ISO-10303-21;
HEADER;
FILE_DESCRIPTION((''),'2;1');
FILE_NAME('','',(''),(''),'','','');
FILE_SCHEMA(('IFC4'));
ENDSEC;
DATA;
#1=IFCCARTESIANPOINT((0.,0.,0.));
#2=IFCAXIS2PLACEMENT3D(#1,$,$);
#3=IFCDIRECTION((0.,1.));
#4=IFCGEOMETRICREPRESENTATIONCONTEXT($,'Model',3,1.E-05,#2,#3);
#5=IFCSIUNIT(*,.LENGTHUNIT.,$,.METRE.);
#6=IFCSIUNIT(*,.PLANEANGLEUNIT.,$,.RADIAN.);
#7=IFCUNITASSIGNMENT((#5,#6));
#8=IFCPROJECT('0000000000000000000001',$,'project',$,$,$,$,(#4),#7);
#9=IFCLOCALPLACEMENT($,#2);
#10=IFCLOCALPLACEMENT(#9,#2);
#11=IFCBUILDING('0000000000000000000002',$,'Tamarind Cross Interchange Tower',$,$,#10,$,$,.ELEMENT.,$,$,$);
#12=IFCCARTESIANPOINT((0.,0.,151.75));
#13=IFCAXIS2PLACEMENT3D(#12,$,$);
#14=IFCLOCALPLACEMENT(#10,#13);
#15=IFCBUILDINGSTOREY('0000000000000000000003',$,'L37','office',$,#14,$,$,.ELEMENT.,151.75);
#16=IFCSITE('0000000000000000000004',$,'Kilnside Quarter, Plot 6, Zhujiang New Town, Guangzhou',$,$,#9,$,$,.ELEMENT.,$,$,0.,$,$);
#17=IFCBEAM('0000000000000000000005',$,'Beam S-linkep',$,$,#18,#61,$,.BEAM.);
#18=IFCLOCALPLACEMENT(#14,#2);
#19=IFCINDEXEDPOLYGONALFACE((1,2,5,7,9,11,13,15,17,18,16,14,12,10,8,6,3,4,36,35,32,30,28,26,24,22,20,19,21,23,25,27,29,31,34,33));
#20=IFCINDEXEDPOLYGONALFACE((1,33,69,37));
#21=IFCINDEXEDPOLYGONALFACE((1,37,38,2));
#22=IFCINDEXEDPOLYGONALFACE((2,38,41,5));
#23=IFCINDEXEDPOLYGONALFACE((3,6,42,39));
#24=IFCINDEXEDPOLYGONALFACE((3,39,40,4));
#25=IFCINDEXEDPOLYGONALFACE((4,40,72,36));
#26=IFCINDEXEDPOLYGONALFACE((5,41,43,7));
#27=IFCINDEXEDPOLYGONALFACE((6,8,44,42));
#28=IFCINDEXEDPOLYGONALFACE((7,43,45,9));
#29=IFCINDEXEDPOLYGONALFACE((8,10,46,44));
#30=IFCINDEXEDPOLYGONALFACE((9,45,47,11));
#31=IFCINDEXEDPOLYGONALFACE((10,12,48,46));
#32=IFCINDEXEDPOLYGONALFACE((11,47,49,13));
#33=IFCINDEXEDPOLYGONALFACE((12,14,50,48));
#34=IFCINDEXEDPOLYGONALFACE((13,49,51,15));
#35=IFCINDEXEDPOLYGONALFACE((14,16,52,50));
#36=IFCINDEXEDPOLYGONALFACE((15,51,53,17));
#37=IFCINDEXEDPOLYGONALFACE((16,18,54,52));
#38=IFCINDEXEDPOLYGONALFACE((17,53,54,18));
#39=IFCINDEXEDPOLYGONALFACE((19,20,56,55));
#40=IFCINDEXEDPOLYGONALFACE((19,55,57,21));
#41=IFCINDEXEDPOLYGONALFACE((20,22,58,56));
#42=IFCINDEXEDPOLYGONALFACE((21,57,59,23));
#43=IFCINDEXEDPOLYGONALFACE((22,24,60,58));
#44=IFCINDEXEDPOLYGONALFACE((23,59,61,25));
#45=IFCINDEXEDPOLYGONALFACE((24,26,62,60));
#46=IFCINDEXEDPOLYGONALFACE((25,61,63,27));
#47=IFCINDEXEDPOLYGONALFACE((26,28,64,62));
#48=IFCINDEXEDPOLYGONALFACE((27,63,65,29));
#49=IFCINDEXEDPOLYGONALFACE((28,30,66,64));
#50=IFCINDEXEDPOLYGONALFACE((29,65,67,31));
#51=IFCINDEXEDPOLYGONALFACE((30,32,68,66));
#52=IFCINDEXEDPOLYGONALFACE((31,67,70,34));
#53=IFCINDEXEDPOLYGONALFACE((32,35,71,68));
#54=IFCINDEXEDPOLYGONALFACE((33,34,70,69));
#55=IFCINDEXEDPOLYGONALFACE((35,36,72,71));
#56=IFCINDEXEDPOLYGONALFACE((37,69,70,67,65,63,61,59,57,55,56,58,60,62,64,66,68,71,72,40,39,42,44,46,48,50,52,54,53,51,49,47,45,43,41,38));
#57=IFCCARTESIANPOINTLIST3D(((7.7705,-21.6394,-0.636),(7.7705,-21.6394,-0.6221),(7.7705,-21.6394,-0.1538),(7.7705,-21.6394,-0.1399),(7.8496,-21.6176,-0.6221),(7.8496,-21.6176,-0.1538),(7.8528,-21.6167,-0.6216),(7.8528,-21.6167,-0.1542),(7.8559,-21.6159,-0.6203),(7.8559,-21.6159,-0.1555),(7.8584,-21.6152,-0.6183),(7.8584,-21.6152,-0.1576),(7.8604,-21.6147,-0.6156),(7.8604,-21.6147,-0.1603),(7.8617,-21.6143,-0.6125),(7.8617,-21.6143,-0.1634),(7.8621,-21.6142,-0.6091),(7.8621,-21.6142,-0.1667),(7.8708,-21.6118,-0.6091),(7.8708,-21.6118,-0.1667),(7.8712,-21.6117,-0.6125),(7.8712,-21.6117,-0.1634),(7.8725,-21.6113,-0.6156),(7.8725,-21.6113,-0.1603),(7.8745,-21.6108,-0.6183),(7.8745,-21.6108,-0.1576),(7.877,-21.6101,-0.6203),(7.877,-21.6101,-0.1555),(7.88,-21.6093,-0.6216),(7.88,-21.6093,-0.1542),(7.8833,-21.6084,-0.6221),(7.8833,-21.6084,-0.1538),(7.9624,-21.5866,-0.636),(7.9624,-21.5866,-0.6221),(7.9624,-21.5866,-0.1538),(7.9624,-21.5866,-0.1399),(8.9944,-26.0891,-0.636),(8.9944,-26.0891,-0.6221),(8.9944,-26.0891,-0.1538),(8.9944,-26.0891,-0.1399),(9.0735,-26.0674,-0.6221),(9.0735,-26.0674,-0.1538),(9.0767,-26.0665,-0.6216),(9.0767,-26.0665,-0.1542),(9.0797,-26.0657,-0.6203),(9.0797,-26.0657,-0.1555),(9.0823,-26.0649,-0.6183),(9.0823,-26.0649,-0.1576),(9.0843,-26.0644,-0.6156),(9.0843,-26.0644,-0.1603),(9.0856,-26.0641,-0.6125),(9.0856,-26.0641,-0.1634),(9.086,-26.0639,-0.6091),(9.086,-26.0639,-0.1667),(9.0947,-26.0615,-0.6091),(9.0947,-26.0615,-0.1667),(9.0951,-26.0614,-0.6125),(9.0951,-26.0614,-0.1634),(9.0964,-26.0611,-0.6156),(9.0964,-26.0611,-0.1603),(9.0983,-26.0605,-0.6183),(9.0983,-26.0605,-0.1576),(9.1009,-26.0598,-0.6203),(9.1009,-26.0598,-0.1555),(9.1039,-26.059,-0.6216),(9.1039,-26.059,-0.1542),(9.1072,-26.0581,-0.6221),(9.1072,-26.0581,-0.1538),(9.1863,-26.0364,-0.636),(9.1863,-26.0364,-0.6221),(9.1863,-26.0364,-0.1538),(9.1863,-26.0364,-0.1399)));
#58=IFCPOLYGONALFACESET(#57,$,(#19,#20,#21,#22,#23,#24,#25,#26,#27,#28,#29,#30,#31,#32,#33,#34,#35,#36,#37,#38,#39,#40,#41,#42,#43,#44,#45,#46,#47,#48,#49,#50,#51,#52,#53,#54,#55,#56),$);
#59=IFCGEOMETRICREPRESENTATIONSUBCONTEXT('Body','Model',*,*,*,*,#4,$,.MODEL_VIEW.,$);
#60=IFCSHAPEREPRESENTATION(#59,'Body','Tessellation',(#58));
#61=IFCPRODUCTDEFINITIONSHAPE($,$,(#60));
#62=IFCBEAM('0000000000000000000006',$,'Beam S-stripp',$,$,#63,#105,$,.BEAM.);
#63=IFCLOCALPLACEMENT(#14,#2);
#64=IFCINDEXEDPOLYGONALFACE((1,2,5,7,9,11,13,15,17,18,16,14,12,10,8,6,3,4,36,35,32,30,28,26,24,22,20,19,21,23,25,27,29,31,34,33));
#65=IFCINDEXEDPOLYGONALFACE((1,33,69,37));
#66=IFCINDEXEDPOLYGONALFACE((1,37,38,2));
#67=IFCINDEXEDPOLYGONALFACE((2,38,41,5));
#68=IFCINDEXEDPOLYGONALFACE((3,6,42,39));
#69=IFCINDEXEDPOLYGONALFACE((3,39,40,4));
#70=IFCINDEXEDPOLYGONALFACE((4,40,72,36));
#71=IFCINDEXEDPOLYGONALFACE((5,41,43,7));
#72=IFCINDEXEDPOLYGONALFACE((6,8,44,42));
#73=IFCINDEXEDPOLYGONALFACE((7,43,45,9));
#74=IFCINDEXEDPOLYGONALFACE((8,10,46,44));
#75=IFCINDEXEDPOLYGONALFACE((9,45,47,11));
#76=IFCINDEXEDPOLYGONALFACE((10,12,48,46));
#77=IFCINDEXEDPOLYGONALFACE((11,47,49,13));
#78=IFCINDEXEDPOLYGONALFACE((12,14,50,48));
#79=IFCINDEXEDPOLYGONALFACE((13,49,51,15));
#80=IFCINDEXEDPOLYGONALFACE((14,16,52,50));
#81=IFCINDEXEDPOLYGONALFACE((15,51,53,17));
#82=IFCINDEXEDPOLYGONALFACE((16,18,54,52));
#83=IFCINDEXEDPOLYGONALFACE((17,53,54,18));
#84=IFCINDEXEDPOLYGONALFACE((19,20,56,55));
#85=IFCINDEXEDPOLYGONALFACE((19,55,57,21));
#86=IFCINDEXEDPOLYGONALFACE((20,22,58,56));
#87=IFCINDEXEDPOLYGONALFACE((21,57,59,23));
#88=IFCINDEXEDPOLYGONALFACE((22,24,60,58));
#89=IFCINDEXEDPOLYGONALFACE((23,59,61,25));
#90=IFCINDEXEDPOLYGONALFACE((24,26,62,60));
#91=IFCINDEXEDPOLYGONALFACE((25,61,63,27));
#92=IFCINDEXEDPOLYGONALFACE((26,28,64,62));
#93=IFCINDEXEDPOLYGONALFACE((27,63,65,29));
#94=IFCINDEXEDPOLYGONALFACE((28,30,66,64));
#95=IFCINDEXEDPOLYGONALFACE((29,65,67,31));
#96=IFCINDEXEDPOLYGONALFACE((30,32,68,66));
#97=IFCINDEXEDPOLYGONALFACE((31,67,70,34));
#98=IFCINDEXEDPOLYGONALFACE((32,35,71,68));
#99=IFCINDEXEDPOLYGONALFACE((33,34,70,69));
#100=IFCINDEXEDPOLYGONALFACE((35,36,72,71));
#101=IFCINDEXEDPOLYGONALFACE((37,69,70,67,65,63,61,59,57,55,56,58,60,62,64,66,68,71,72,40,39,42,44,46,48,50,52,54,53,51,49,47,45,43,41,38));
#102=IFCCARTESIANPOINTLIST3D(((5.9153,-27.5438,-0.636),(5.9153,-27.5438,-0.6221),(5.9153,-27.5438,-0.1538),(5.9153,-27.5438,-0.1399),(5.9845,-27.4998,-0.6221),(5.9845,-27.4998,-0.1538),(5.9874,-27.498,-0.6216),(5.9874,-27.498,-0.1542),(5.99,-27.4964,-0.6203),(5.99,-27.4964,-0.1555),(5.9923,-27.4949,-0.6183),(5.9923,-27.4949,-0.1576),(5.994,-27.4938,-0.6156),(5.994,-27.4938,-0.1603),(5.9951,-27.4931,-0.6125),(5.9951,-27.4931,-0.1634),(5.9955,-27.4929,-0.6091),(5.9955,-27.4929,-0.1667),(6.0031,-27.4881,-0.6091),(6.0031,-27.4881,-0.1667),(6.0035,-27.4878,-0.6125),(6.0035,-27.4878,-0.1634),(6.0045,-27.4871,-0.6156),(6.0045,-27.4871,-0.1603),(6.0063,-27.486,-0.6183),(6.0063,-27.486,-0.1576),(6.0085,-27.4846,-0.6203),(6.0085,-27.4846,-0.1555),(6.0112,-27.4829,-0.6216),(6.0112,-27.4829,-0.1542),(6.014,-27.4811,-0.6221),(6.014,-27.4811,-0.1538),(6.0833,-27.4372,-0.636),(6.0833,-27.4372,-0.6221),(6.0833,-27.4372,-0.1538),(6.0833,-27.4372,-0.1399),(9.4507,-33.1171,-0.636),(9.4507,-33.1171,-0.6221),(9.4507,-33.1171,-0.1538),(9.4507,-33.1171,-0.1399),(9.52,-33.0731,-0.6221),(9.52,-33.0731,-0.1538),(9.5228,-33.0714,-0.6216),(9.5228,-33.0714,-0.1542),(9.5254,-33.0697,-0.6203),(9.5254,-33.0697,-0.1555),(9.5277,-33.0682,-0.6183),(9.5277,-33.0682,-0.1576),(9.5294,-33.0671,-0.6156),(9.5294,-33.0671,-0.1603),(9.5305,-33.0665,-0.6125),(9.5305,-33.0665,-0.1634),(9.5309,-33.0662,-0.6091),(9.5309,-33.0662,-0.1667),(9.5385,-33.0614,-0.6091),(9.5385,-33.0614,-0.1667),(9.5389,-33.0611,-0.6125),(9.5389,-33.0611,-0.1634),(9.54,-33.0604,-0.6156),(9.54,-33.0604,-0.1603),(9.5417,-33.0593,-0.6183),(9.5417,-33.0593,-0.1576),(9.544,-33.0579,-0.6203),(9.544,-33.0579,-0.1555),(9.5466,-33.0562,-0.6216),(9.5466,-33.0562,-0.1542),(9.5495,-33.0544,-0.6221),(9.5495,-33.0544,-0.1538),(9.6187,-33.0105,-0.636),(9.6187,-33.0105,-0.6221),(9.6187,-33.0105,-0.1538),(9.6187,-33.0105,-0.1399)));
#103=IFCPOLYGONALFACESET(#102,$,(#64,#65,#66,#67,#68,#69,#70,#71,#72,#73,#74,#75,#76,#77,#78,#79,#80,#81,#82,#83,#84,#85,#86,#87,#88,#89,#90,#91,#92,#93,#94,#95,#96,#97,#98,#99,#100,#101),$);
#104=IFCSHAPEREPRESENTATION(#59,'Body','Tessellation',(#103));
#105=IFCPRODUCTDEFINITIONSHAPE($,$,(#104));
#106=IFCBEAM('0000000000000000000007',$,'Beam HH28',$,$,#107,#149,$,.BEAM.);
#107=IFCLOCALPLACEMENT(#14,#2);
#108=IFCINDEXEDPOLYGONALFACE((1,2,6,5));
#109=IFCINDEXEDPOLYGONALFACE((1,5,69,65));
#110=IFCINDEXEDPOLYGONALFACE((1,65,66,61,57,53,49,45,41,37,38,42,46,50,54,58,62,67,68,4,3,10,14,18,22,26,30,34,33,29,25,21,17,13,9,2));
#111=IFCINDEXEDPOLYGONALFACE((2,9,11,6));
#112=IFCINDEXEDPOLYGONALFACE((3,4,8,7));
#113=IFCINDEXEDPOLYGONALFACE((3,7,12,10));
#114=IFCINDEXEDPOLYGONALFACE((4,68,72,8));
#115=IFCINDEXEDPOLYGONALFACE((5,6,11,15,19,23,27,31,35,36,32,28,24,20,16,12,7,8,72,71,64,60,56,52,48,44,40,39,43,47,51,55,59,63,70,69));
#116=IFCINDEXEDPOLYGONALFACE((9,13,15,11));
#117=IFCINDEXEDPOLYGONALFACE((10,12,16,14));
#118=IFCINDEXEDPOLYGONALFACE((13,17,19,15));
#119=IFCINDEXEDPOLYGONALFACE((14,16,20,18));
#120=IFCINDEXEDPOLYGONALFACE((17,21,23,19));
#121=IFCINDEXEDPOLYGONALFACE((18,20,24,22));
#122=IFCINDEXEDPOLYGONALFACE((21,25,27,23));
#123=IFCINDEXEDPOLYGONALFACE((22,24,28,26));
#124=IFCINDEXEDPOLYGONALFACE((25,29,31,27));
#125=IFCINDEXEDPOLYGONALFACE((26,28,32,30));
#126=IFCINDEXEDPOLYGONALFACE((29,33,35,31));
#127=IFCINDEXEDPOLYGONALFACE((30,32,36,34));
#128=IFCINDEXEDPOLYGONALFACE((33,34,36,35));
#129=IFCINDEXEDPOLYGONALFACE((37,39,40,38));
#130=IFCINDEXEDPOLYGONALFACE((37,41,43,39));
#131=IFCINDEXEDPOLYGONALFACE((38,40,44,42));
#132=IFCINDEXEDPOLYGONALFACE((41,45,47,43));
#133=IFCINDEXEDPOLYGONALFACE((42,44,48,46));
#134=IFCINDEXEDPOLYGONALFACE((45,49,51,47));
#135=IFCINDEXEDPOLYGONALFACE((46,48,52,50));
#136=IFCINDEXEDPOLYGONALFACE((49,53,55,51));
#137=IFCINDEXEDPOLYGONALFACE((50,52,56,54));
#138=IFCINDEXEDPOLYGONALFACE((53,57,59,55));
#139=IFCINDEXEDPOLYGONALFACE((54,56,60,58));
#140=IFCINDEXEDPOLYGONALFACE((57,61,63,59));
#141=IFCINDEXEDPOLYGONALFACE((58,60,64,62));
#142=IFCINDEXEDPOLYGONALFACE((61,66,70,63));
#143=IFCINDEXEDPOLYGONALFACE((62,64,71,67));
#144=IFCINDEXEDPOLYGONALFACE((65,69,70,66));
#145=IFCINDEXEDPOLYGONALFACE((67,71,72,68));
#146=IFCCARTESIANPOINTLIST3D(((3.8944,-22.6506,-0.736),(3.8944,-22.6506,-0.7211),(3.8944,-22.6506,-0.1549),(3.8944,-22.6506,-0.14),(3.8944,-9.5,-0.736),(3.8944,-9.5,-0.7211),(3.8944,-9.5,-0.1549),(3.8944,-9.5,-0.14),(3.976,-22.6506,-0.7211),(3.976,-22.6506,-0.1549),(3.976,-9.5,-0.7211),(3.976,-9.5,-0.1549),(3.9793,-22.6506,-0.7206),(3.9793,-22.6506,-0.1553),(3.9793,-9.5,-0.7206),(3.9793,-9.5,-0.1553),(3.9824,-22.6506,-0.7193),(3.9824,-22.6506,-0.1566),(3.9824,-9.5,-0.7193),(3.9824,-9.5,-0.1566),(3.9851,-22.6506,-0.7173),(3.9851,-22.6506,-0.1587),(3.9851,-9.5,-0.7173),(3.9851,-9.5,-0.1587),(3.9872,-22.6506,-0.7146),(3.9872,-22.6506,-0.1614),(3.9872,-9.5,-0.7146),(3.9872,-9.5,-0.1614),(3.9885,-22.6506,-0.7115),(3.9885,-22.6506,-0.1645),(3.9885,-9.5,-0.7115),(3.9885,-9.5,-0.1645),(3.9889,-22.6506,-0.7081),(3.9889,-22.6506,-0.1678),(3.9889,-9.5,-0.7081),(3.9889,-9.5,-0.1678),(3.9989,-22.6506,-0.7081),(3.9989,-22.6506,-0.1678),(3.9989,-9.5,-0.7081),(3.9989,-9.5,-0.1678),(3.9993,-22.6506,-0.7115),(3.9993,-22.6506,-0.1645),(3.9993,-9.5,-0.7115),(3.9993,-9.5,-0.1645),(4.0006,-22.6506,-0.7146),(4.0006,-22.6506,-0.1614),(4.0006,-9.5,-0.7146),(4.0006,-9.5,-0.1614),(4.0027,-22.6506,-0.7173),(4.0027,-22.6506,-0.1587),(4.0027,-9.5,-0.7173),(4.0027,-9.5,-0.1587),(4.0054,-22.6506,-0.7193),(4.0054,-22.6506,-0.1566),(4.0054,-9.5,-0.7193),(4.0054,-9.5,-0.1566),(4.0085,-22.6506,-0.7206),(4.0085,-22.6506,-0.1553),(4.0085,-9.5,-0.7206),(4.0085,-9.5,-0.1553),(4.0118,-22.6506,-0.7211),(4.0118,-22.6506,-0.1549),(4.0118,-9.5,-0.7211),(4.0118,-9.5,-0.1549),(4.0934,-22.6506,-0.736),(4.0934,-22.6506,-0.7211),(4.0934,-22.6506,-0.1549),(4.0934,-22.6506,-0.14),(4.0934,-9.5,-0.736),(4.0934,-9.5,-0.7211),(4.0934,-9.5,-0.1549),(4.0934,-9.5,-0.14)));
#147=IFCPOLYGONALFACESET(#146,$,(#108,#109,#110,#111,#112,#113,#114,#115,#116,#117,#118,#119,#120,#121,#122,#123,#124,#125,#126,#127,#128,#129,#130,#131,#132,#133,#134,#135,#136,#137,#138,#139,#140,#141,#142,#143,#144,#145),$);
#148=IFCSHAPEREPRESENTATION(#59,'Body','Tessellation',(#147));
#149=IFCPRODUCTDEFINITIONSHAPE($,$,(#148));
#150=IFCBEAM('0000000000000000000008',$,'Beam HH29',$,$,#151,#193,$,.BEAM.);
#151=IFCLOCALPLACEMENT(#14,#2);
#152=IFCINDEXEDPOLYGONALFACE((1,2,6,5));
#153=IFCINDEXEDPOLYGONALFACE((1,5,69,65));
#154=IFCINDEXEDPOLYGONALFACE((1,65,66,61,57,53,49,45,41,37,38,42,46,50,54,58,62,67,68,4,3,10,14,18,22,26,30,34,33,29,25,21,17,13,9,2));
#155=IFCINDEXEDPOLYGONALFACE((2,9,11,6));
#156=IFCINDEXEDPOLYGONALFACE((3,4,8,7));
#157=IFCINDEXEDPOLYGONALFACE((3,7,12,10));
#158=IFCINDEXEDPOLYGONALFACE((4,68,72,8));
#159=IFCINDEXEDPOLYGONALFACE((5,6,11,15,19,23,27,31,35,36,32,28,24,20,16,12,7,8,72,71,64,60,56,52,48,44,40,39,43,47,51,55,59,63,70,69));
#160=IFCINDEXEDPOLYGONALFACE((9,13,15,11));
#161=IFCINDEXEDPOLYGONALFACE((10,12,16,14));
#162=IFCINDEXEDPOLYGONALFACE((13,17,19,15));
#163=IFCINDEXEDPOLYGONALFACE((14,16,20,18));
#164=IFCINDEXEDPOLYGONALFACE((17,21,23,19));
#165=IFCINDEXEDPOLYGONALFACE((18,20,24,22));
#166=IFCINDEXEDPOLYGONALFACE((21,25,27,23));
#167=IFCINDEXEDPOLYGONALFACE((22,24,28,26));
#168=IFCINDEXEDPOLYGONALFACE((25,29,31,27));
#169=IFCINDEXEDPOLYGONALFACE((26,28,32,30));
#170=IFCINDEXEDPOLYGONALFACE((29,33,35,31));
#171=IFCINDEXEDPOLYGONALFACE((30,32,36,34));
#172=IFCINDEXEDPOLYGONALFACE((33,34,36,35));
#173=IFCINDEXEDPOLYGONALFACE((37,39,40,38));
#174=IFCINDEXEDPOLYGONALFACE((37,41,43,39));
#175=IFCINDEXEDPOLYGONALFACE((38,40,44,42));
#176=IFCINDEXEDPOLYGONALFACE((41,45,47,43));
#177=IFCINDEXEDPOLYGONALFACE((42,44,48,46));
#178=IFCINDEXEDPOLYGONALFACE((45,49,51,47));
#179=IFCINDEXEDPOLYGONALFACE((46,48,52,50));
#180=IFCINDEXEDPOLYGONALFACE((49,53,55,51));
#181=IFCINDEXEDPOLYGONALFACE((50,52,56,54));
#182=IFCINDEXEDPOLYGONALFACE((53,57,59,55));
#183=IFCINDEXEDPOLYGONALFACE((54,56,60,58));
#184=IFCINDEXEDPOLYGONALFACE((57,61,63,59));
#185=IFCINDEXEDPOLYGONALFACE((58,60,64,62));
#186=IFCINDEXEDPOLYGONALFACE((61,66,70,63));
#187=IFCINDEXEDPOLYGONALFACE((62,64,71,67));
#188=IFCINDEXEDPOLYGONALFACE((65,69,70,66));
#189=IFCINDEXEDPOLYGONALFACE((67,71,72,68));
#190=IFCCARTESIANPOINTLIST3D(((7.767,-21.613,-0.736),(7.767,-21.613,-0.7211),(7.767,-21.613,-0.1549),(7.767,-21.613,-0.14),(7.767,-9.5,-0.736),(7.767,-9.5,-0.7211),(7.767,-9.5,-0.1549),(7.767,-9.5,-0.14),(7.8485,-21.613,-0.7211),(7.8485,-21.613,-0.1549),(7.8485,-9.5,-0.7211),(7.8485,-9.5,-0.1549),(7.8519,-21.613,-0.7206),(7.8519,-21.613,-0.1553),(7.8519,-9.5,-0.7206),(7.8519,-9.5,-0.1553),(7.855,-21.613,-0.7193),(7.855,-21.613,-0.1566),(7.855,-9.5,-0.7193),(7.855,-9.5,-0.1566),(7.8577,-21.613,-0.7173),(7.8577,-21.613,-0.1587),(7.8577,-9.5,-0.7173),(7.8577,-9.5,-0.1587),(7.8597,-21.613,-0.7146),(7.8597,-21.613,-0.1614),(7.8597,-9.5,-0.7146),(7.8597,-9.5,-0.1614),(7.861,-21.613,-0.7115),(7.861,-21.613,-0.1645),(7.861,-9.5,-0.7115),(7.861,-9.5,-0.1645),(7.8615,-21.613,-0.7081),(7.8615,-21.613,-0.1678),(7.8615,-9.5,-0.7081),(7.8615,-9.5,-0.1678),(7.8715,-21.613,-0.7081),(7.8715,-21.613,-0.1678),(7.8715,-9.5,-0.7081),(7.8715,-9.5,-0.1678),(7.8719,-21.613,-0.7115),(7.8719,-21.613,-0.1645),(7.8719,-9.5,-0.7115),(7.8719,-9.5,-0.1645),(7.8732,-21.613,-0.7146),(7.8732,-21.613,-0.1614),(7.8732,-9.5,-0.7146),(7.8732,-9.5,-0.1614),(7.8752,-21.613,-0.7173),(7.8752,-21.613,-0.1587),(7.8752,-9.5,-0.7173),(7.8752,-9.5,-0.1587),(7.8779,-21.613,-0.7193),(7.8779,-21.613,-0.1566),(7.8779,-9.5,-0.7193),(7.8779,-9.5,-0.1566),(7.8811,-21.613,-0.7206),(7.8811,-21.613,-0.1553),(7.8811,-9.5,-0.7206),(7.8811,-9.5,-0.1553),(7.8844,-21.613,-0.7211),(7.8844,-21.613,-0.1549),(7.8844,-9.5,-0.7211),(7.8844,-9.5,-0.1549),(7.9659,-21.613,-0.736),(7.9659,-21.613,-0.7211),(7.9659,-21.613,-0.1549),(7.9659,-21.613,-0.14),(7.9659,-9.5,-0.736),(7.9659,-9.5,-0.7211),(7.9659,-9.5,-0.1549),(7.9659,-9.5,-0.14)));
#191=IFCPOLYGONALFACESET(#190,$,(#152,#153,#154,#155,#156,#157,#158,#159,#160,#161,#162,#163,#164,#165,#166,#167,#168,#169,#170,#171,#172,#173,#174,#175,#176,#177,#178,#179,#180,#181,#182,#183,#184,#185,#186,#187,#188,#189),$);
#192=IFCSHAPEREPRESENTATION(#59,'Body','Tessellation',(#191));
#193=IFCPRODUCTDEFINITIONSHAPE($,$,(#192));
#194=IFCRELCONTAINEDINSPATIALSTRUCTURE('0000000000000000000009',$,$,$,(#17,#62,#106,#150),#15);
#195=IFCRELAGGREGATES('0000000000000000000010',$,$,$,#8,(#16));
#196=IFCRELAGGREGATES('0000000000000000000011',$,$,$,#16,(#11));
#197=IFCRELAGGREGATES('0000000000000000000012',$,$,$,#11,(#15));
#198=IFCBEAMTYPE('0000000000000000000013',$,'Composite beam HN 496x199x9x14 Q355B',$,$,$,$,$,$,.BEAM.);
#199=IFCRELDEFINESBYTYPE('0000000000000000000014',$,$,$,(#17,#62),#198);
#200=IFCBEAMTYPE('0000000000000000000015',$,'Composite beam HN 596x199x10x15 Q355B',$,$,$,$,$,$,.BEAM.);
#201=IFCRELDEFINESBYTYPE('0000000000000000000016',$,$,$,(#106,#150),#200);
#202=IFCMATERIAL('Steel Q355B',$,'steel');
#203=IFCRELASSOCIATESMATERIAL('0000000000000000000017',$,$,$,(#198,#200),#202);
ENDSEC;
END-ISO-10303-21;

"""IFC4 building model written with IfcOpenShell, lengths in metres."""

from ifc_helpers import new_model, si_unit, direction, frame, origin, origin_2d, place, context, subcontext, project, spatial, i_section, extrude, material, material_profile, profile_set, type_object, element, save


model = new_model("IFC4")

# Units and contexts
model_context = context("Model", 3, precision=1e-05, world=origin(), true_north=direction((0.0, 1.0)))
body_context = subcontext(model_context, "Body", "Model", "MODEL_VIEW")
ifc_project = project(units=[si_unit("LENGTHUNIT", "METRE"), si_unit("PLANEANGLEUNIT", "RADIAN")], contexts=[model_context])

# Site, building, storey
site_placement = place(None, origin())
site = spatial("IfcSite", under=ifc_project, at=site_placement, Name="Kilnside Quarter, Plot 6, Zhujiang New Town, Guangzhou", CompositionType="ELEMENT", RefElevation=0.0)
building_placement = place(site_placement, origin())
building = spatial("IfcBuilding", under=site, at=building_placement, Name="Tamarind Cross Interchange Tower", CompositionType="ELEMENT")
storey_placement = place(building_placement, frame((0.0, 0.0, 151.75)))
storey = spatial("IfcBuildingStorey", under=building, at=storey_placement, Name="L37", Description="office", CompositionType="ELEMENT", Elevation=151.75)

# Beams
ifc_material_1 = material(Name="Steel Q355B", Category="steel")
ifc_material_profile_1 = material_profile(ifc_material_1, i_section(OverallWidth=0.199, OverallDepth=0.4961, WebThickness=0.009, FlangeThickness=0.0139, FilletRadius=0.0129, at=origin_2d()), Name="HN 496x199x9x14")
ifc_profile_set_1 = profile_set([ifc_material_profile_1], Name="Steel Q355B")
beam_type_1 = type_object("IfcBeamType", Name="Composite beam HN 496x199x9x14 Q355B", PredefinedType="BEAM", material=ifc_profile_set_1)
beam_1_placement = place(storey_placement, frame((9.0903, -26.0627, -0.3879), z_axis=(-0.265198, 0.964194, 0.0), x_axis=(-0.964194, -0.265198, 0.0)))
element("IfcBeam", 1, at=beam_1_placement, inside=storey, type_object=beam_type_1, Name="Beam S-linkep", PredefinedType="BEAM", context=body_context, shape_type="SweptSolid", body=[
    extrude(i_section(OverallWidth=0.199, OverallDepth=0.4961, WebThickness=0.009, FlangeThickness=0.0139, FilletRadius=0.0129, at=origin_2d()), origin(), (0.0, 0.0, 1.0), 4.615),
])
beam_2_placement = place(storey_placement, frame((5.9993, -27.4905, -0.3879), z_axis=(0.535666, -0.84443, 0.0), x_axis=(0.84443, 0.535666, 0.0)))
element("IfcBeam", 2, at=beam_2_placement, inside=storey, type_object=beam_type_1, Name="Beam S-stripp", PredefinedType="BEAM", context=body_context, shape_type="SweptSolid", body=[
    extrude(i_section(OverallWidth=0.199, OverallDepth=0.4961, WebThickness=0.009, FlangeThickness=0.0139, FilletRadius=0.0129, at=origin_2d()), origin(), (0.0, 0.0, 1.0), 6.6001),
])
ifc_material_profile_2 = material_profile(ifc_material_1, i_section(OverallWidth=0.199, OverallDepth=0.5959, WebThickness=0.01, FlangeThickness=0.0149, FilletRadius=0.0129, at=origin_2d()), Name="HN 596x199x10x15")
ifc_profile_set_2 = profile_set([ifc_material_profile_2], Name="Steel Q355B")
beam_type_2 = type_object("IfcBeamType", Name="Composite beam HN 596x199x10x15 Q355B", PredefinedType="BEAM", material=ifc_profile_set_2)
beam_3_placement = place(storey_placement, frame((3.9939, -22.6506, -0.438), z_axis=(0.0, 1.0, 0.0), x_axis=(-1.0, 0.0, 0.0)))
element("IfcBeam", 3, at=beam_3_placement, inside=storey, type_object=beam_type_2, Name="Beam HH28", PredefinedType="BEAM", context=body_context, shape_type="SweptSolid", body=[
    extrude(i_section(OverallWidth=0.199, OverallDepth=0.5959, WebThickness=0.01, FlangeThickness=0.0149, FilletRadius=0.0129, at=origin_2d()), origin(), (0.0, 0.0, 1.0), 13.1506),
])
beam_4_placement = place(storey_placement, frame((7.8665, -21.613, -0.438), z_axis=(0.0, 1.0, 0.0), x_axis=(-1.0, 0.0, 0.0)))
element("IfcBeam", 4, at=beam_4_placement, inside=storey, type_object=beam_type_2, Name="Beam HH29", PredefinedType="BEAM", context=body_context, shape_type="SweptSolid", body=[
    extrude(i_section(OverallWidth=0.199, OverallDepth=0.5959, WebThickness=0.01, FlangeThickness=0.0149, FilletRadius=0.0129, at=origin_2d()), origin(), (0.0, 0.0, 1.0), 12.113),
])

save(model, "model.ifc")
